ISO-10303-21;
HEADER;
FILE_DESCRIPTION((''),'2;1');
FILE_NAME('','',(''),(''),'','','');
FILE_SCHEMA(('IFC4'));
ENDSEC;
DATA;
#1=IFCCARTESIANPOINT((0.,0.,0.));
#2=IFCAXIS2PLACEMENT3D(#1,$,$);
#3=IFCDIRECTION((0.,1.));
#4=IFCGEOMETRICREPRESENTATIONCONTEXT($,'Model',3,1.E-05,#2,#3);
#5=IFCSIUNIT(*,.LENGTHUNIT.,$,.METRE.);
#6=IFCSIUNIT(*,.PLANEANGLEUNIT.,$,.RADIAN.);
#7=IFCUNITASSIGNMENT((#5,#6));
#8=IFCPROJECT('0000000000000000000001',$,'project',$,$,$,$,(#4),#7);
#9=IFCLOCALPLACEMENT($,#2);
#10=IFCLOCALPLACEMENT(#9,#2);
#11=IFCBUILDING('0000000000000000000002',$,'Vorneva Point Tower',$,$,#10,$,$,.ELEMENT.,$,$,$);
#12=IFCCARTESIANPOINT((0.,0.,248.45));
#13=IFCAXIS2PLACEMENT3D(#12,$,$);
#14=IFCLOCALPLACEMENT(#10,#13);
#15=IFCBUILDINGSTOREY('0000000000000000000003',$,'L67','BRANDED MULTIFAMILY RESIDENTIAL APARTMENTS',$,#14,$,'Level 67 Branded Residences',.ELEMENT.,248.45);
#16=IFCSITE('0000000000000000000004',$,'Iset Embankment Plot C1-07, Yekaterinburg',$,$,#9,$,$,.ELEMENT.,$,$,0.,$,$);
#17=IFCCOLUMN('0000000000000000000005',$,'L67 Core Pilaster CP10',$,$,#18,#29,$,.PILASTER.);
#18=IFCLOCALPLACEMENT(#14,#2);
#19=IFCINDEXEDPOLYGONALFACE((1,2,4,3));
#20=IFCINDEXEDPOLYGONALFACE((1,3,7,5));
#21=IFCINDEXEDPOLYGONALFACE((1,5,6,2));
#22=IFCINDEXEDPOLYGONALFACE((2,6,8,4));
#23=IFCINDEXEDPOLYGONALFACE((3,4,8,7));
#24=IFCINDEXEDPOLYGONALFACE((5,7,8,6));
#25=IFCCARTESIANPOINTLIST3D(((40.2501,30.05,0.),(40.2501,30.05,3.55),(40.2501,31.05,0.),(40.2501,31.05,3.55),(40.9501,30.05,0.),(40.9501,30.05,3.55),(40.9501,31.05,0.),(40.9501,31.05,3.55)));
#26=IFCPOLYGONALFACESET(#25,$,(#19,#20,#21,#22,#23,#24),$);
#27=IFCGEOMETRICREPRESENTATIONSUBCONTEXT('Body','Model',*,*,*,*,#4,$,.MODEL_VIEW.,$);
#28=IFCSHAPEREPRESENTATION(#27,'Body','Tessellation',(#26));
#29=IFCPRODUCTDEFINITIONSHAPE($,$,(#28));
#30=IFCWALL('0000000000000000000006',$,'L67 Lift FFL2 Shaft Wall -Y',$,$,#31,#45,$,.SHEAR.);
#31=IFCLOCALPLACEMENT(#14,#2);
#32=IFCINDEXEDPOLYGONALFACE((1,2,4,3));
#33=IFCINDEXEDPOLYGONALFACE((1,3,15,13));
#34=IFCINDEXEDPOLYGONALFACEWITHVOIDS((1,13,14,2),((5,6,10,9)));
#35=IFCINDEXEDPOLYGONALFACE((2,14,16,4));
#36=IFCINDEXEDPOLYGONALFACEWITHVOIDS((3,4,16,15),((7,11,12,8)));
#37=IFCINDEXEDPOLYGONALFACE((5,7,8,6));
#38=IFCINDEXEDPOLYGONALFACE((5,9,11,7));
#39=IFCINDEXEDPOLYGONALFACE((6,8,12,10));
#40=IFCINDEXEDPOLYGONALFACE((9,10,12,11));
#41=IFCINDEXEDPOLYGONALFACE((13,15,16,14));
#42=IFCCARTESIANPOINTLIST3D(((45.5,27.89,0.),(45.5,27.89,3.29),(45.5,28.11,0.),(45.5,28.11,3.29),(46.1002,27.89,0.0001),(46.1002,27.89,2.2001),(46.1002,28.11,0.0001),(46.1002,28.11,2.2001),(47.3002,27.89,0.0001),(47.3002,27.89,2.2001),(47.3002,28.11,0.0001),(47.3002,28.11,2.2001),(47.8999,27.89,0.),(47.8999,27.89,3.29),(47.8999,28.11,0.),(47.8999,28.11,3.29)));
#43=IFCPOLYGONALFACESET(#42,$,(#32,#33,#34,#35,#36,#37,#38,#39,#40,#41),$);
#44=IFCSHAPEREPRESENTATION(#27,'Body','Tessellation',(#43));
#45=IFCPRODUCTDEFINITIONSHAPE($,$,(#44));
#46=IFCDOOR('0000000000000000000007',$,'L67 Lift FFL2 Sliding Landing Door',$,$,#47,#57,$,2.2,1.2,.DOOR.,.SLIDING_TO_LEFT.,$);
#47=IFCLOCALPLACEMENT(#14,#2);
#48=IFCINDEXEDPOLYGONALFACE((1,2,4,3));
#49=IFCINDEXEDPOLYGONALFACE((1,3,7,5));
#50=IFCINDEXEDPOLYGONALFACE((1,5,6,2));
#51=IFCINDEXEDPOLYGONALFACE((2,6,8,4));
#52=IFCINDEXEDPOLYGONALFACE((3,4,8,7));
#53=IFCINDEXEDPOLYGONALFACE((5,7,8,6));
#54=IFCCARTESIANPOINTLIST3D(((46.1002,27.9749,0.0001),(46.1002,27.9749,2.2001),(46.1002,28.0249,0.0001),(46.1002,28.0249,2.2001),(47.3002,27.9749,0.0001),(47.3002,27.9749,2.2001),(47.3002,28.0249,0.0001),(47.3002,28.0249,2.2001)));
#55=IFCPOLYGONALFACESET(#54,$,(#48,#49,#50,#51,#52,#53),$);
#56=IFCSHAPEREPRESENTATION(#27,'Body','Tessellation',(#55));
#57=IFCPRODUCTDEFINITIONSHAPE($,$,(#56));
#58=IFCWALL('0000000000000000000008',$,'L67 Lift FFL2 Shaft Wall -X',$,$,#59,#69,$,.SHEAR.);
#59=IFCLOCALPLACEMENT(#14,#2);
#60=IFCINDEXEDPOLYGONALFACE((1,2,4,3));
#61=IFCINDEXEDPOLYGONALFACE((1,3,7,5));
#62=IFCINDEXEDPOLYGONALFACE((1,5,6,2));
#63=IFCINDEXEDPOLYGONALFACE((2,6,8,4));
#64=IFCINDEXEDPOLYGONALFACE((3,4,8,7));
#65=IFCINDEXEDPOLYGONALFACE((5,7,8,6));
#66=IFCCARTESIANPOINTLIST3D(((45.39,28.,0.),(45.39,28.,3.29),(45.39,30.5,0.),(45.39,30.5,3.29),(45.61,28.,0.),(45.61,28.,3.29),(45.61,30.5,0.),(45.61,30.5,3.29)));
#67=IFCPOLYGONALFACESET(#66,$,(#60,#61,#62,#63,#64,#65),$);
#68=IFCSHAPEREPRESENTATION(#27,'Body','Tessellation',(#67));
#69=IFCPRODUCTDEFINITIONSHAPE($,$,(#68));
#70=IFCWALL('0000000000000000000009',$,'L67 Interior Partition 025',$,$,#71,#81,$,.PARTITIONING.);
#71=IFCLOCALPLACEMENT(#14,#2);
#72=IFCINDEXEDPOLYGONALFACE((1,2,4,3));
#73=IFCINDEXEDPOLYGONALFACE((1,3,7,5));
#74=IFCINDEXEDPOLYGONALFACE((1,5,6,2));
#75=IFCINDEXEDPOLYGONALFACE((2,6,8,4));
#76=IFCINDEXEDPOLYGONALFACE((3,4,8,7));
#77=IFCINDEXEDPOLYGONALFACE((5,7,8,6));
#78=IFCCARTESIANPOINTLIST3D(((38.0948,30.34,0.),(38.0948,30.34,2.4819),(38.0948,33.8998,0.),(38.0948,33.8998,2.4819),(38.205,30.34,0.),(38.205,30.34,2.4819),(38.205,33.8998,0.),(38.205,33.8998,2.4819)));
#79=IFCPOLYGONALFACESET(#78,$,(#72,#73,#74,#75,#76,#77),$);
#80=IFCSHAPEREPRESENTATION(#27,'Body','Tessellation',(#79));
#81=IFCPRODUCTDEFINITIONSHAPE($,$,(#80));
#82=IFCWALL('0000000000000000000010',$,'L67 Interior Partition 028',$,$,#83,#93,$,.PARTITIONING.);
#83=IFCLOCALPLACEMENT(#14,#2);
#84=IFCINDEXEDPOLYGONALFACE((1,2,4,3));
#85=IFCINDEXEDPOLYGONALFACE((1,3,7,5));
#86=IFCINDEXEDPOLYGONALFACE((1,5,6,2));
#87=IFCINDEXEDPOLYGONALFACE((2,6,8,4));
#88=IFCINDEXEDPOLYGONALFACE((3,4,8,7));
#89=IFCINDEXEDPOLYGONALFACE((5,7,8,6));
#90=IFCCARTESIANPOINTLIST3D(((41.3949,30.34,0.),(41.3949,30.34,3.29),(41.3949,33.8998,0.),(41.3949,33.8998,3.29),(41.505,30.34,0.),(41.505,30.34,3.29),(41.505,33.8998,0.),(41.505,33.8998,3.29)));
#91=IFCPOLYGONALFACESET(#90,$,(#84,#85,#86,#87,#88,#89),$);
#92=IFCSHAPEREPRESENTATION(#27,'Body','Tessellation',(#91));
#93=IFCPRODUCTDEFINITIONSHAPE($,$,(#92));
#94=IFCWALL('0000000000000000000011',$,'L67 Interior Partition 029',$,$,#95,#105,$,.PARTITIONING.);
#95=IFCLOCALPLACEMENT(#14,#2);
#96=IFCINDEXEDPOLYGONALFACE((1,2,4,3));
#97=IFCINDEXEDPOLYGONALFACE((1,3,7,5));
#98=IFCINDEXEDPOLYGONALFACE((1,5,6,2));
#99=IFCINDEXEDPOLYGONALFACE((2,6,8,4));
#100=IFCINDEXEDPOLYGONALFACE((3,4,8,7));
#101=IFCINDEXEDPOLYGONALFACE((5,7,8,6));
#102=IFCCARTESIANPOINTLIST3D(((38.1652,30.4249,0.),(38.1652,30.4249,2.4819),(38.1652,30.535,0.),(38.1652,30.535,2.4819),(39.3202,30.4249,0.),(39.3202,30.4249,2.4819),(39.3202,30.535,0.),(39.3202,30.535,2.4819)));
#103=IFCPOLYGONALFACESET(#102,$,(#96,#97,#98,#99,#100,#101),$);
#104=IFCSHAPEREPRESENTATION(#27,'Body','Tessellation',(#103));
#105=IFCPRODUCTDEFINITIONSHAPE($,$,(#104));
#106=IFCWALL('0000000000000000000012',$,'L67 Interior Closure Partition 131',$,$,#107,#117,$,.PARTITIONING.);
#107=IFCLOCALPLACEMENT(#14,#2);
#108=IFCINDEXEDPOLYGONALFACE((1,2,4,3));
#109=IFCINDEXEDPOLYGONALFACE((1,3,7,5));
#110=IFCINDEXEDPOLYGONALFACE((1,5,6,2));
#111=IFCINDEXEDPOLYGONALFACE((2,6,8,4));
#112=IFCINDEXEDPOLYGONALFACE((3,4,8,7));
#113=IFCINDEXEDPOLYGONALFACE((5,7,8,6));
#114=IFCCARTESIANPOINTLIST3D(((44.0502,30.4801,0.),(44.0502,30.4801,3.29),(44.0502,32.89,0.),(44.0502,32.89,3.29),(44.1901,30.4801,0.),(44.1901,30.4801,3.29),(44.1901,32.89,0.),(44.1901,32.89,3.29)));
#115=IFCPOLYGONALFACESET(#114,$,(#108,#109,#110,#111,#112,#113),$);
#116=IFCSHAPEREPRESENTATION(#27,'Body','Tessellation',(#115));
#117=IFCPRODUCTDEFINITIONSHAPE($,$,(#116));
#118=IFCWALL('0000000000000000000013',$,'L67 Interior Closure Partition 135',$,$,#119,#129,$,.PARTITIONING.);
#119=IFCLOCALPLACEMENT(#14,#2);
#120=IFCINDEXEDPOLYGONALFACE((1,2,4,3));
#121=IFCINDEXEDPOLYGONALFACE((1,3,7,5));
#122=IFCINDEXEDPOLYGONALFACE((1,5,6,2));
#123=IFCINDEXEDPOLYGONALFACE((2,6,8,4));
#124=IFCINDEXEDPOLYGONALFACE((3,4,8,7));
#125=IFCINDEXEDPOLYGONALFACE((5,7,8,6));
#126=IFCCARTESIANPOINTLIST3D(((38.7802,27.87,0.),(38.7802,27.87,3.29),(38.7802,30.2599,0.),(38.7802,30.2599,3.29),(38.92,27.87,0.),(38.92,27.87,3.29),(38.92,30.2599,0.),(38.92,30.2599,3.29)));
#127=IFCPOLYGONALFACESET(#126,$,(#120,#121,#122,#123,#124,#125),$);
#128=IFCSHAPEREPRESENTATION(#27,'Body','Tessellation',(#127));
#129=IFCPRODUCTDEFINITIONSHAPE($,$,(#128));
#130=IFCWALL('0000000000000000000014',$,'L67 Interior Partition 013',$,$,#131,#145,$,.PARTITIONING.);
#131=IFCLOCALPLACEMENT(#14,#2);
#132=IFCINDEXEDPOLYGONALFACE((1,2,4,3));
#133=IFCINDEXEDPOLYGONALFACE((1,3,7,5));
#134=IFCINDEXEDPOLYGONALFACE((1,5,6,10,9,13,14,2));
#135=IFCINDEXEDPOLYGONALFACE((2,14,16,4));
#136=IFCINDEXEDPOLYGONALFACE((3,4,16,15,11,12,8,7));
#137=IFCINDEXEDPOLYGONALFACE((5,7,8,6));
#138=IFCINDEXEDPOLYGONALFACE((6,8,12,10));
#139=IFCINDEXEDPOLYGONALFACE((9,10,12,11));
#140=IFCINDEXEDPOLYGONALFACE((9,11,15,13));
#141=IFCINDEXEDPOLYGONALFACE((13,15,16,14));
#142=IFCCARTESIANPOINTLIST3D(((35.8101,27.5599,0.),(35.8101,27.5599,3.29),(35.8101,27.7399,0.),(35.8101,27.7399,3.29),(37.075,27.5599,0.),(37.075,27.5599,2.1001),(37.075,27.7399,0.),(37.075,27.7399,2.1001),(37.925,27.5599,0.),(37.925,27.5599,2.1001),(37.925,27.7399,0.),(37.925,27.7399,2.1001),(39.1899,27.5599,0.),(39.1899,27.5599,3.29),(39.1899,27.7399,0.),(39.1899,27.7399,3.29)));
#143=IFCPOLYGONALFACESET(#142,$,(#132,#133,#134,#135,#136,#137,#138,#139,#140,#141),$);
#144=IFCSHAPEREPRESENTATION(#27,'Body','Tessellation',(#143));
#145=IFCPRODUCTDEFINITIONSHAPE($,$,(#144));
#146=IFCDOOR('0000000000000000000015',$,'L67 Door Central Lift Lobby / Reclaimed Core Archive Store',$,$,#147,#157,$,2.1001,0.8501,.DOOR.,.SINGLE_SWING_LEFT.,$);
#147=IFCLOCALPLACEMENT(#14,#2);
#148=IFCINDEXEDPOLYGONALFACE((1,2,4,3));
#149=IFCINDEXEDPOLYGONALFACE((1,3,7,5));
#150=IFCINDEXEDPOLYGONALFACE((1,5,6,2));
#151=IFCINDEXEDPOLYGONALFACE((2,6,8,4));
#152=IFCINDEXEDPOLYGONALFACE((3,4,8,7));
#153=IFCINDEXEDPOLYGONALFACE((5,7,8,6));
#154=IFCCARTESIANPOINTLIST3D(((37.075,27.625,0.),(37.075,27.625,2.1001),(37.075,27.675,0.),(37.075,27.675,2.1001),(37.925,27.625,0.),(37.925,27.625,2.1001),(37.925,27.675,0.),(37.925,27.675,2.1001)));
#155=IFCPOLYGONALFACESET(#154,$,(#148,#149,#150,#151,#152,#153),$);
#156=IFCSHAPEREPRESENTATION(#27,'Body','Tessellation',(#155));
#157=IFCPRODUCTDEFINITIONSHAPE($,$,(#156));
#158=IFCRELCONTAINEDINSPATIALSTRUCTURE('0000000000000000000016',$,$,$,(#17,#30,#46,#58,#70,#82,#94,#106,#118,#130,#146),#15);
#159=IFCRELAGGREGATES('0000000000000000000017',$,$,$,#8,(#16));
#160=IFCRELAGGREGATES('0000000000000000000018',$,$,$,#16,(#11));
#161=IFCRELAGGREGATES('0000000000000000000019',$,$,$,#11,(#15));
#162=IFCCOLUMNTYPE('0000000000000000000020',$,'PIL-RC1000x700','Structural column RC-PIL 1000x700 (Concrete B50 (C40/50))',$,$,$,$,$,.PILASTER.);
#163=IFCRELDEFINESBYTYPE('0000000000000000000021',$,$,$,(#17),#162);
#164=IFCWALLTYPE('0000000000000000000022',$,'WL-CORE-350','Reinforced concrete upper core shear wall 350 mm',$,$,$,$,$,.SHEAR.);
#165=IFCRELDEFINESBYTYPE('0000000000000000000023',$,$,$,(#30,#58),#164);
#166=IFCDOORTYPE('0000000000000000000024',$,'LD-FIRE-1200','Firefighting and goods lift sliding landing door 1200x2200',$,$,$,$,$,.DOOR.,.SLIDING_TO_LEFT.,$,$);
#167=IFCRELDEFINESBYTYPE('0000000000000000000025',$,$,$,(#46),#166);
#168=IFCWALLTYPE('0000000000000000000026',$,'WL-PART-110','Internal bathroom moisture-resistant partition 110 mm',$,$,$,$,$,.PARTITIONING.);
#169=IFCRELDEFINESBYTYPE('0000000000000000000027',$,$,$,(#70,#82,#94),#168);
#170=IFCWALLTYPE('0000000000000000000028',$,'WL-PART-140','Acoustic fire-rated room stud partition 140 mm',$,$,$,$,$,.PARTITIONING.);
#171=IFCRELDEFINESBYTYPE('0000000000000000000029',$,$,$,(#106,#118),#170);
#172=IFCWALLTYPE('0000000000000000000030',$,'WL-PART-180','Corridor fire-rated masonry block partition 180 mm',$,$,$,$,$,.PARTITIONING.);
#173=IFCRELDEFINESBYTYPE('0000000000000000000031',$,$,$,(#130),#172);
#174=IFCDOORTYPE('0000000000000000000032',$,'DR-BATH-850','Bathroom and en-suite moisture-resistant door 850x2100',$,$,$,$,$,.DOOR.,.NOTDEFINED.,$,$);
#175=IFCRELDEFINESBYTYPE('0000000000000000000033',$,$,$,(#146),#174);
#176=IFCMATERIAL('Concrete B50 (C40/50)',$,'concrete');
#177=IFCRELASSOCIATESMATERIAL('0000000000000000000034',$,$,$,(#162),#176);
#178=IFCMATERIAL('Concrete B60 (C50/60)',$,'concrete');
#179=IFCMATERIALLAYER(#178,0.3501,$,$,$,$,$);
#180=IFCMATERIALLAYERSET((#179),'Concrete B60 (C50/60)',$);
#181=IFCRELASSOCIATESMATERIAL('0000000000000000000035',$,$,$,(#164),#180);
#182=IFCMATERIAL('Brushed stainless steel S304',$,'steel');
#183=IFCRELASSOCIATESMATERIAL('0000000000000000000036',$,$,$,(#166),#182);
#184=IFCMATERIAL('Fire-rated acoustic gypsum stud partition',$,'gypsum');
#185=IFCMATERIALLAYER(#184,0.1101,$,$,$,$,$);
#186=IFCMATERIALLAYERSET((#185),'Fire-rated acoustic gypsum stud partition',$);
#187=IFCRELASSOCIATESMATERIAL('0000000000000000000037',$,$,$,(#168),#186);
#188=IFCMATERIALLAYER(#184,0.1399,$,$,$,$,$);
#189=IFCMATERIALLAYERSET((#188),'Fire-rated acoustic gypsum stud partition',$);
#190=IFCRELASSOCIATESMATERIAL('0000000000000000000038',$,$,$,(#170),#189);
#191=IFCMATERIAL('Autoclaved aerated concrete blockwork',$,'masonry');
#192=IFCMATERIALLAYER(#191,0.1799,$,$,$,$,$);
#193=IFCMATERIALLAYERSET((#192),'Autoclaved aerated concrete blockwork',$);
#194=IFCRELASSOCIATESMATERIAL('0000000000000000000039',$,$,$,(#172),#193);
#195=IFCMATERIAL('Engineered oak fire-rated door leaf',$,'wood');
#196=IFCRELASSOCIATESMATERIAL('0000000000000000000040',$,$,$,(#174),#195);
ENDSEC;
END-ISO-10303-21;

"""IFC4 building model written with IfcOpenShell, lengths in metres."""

from ifc_helpers import new_model, si_unit, direction, frame, frame_2d, origin, origin_2d, place, context, subcontext, project, spatial, rectangle, extrude, material, layer, layer_set, material_profile, profile_set, type_object, element, fill, save


model = new_model("IFC4")

# Units and contexts
model_context = context("Model", 3, precision=1e-05, world=origin(), true_north=direction((0.0, 1.0)))
body_context = subcontext(model_context, "Body", "Model", "MODEL_VIEW")
ifc_project = project(units=[si_unit("LENGTHUNIT", "METRE"), si_unit("PLANEANGLEUNIT", "RADIAN")], contexts=[model_context])

# Site, building, storey
site_placement = place(None, origin())
site = spatial("IfcSite", under=ifc_project, at=site_placement, Name="Iset Embankment Plot C1-07, Yekaterinburg", CompositionType="ELEMENT", RefElevation=0.0)
building_placement = place(site_placement, origin())
building = spatial("IfcBuilding", under=site, at=building_placement, Name="Vorneva Point Tower", CompositionType="ELEMENT")
storey_placement = place(building_placement, frame((0.0, 0.0, 248.45)))
storey = spatial("IfcBuildingStorey", under=building, at=storey_placement, Name="L67", Description="BRANDED MULTIFAMILY RESIDENTIAL APARTMENTS", LongName="Level 67 Branded Residences", CompositionType="ELEMENT", Elevation=248.45)

# Column
ifc_material_1 = material(Name="Concrete B50 (C40/50)", Category="concrete")
ifc_material_profile = material_profile(ifc_material_1, rectangle(XDim=0.7, YDim=1.0, at=origin_2d()), Name="RC-PIL 1000x700")
ifc_profile_set = profile_set([ifc_material_profile], Name="Concrete B50 (C40/50)")
column_type = type_object("IfcColumnType", Name="PIL-RC1000x700", Description="Structural column RC-PIL 1000x700 (Concrete B50 (C40/50))", PredefinedType="PILASTER", material=ifc_profile_set)
column_placement = place(storey_placement, frame((40.6001, 30.55, 0.0), z_axis=(0.0, 0.0, 1.0), x_axis=(1.0, 0.0, 0.0)))
element("IfcColumn", 1, at=column_placement, inside=storey, type_object=column_type, Name="L67 Core Pilaster CP10", PredefinedType="PILASTER", context=body_context, shape_type="SweptSolid", body=[
    extrude(rectangle(XDim=0.7, YDim=1.0, at=origin_2d()), origin(), (0.0, 0.0, 1.0), 3.55),
])

# Wall, opening, door
ifc_material_2 = material(Name="Concrete B60 (C50/60)", Category="concrete")
ifc_layer_1 = layer(ifc_material_2, 0.3501)
ifc_layer_set_1 = layer_set([ifc_layer_1], Name="Concrete B60 (C50/60)")
wall_type_1 = type_object("IfcWallType", Name="WL-CORE-350", Description="Reinforced concrete upper core shear wall 350 mm", PredefinedType="SHEAR", material=ifc_layer_set_1)
wall_1_placement = place(storey_placement, frame((45.5, 28.0, 0.0), z_axis=(0.0, 0.0, 1.0), x_axis=(1.0, 0.0, 0.0)))
wall_1 = element("IfcWall", 2, at=wall_1_placement, inside=storey, type_object=wall_type_1, Name="L67 Lift FFL2 Shaft Wall -Y", PredefinedType="SHEAR", context=body_context, shape_type="SweptSolid", body=[
    extrude(rectangle(XDim=2.3999, YDim=0.22, at=frame_2d((1.2, 0.0))), origin(), (0.0, 0.0, 1.0), 3.29),
])
opening_1_placement = place(wall_1_placement, frame((0.6001, 0.0, 0.0)))
opening_1 = element("IfcOpeningElement", 3, at=opening_1_placement, cuts=wall_1, PredefinedType="OPENING", context=body_context, shape_type="SweptSolid", body=[
    extrude(rectangle(XDim=1.2, YDim=2.2, at=frame_2d((0.6001, 1.1001))), frame((0.0, 0.125, 0.0), z_axis=(0.0, -1.0, 0.0), x_axis=(1.0, 0.0, 0.0)), (0.0, 0.0, 1.0), 0.2498),
])
ifc_material_3 = material(Name="Brushed stainless steel S304", Category="steel")
door_type_1 = type_object("IfcDoorType", Name="LD-FIRE-1200", Description="Firefighting and goods lift sliding landing door 1200x2200", OperationType="SLIDING_TO_LEFT", PredefinedType="DOOR", material=ifc_material_3)
door_1_placement = place(opening_1_placement, origin())
door_1 = element("IfcDoor", 4, at=door_1_placement, inside=storey, type_object=door_type_1, Name="L67 Lift FFL2 Sliding Landing Door", OperationType="SLIDING_TO_LEFT", OverallHeight=2.2, OverallWidth=1.2, PredefinedType="DOOR", context=body_context, shape_type="SweptSolid", body=[
    extrude(rectangle(XDim=1.2, YDim=2.2, at=frame_2d((0.6001, 1.1001))), frame((0.0, 0.0249, 0.0), z_axis=(0.0, -1.0, 0.0), x_axis=(1.0, 0.0, 0.0)), (0.0, 0.0, 1.0), 0.05),
])
fill(opening_1, door_1)

# Walls
wall_2_placement = place(storey_placement, frame((45.5, 30.5, 0.0), z_axis=(0.0, 0.0, 1.0), x_axis=(0.0, -1.0, 0.0)))
element("IfcWall", 5, at=wall_2_placement, inside=storey, type_object=wall_type_1, Name="L67 Lift FFL2 Shaft Wall -X", PredefinedType="SHEAR", context=body_context, shape_type="SweptSolid", body=[
    extrude(rectangle(XDim=2.5, YDim=0.22, at=frame_2d((1.25, 0.0))), origin(), (0.0, 0.0, 1.0), 3.29),
])
ifc_material_4 = material(Name="Fire-rated acoustic gypsum stud partition", Category="gypsum")
ifc_layer_2 = layer(ifc_material_4, 0.1101)
ifc_layer_set_2 = layer_set([ifc_layer_2], Name="Fire-rated acoustic gypsum stud partition")
wall_type_2 = type_object("IfcWallType", Name="WL-PART-110", Description="Internal bathroom moisture-resistant partition 110 mm", PredefinedType="PARTITIONING", material=ifc_layer_set_2)
wall_3_placement = place(storey_placement, frame((38.1499, 30.3401, 0.0), z_axis=(0.0, 0.0, 1.0), x_axis=(0.0, 1.0, 0.0)))
element("IfcWall", 6, at=wall_3_placement, inside=storey, type_object=wall_type_2, Name="L67 Interior Partition 025", PredefinedType="PARTITIONING", context=body_context, shape_type="SweptSolid", body=[
    extrude(rectangle(XDim=3.5598, YDim=0.1101, at=frame_2d((1.7798, 0.0))), origin(), (0.0, 0.0, 1.0), 2.4819),
])
wall_4_placement = place(storey_placement, frame((41.45, 30.3401, 0.0), z_axis=(0.0, 0.0, 1.0), x_axis=(0.0, 1.0, 0.0)))
element("IfcWall", 7, at=wall_4_placement, inside=storey, type_object=wall_type_2, Name="L67 Interior Partition 028", PredefinedType="PARTITIONING", context=body_context, shape_type="SweptSolid", body=[
    extrude(rectangle(XDim=3.5598, YDim=0.1101, at=frame_2d((1.7798, 0.0))), origin(), (0.0, 0.0, 1.0), 3.29),
])
wall_5_placement = place(storey_placement, frame((38.165, 30.48, 0.0), z_axis=(0.0, 0.0, 1.0), x_axis=(1.0, 0.0, 0.0)))
element("IfcWall", 8, at=wall_5_placement, inside=storey, type_object=wall_type_2, Name="L67 Interior Partition 029", PredefinedType="PARTITIONING", context=body_context, shape_type="SweptSolid", body=[
    extrude(rectangle(XDim=1.155, YDim=0.1101, at=frame_2d((0.5776, 0.0))), origin(), (0.0, 0.0, 1.0), 2.4819),
])
ifc_layer_3 = layer(ifc_material_4, 0.1399)
ifc_layer_set_3 = layer_set([ifc_layer_3], Name="Fire-rated acoustic gypsum stud partition")
wall_type_3 = type_object("IfcWallType", Name="WL-PART-140", Description="Acoustic fire-rated room stud partition 140 mm", PredefinedType="PARTITIONING", material=ifc_layer_set_3)
wall_6_placement = place(storey_placement, frame((44.1201, 30.48, 0.0), z_axis=(0.0, 0.0, 1.0), x_axis=(0.0, 1.0, 0.0)))
element("IfcWall", 9, at=wall_6_placement, inside=storey, type_object=wall_type_3, Name="L67 Interior Closure Partition 131", PredefinedType="PARTITIONING", context=body_context, shape_type="SweptSolid", body=[
    extrude(rectangle(XDim=2.4099, YDim=0.1399, at=frame_2d((1.2051, 0.0))), origin(), (0.0, 0.0, 1.0), 3.29),
])
wall_7_placement = place(storey_placement, frame((38.8501, 27.8701, 0.0), z_axis=(0.0, 0.0, 1.0), x_axis=(0.0, 1.0, 0.0)))
element("IfcWall", 10, at=wall_7_placement, inside=storey, type_object=wall_type_3, Name="L67 Interior Closure Partition 135", PredefinedType="PARTITIONING", context=body_context, shape_type="SweptSolid", body=[
    extrude(rectangle(XDim=2.3899, YDim=0.1399, at=frame_2d((1.1948, 0.0))), origin(), (0.0, 0.0, 1.0), 3.29),
])

# Wall, opening, door
ifc_material_5 = material(Name="Autoclaved aerated concrete blockwork", Category="masonry")
ifc_layer_4 = layer(ifc_material_5, 0.1799)
ifc_layer_set_4 = layer_set([ifc_layer_4], Name="Autoclaved aerated concrete blockwork")
wall_type_4 = type_object("IfcWallType", Name="WL-PART-180", Description="Corridor fire-rated masonry block partition 180 mm", PredefinedType="PARTITIONING", material=ifc_layer_set_4)
ifc_material_6 = material(Name="Engineered oak fire-rated door leaf", Category="wood")
wall_8_placement = place(storey_placement, frame((39.1899, 27.6499, 0.0), z_axis=(0.0, 0.0, 1.0), x_axis=(-1.0, 0.0, 0.0)))
wall_8 = element("IfcWall", 11, at=wall_8_placement, inside=storey, type_object=wall_type_4, Name="L67 Interior Partition 013", PredefinedType="PARTITIONING", context=body_context, shape_type="SweptSolid", body=[
    extrude(rectangle(XDim=3.3799, YDim=0.1799, at=frame_2d((1.6899, 0.0))), origin(), (0.0, 0.0, 1.0), 3.29),
])
opening_2_placement = place(wall_8_placement, frame((1.2649, 0.0, 0.0)))
opening_2 = element("IfcOpeningElement", 12, at=opening_2_placement, cuts=wall_8, PredefinedType="OPENING", context=body_context, shape_type="SweptSolid", body=[
    extrude(rectangle(XDim=0.8501, YDim=2.1001, at=frame_2d((0.425, 1.05))), frame((0.0, 0.105, 0.0), z_axis=(0.0, -1.0, 0.0), x_axis=(1.0, 0.0, 0.0)), (0.0, 0.0, 1.0), 0.2097),
])
door_type_2 = type_object("IfcDoorType", Name="DR-BATH-850", Description="Bathroom and en-suite moisture-resistant door 850x2100", OperationType="NOTDEFINED", PredefinedType="DOOR", material=ifc_material_6)
door_2_placement = place(opening_2_placement, origin())
door_2 = element("IfcDoor", 13, at=door_2_placement, inside=storey, type_object=door_type_2, Name="L67 Door Central Lift Lobby / Reclaimed Core Archive Store", OperationType="SINGLE_SWING_LEFT", OverallHeight=2.1001, OverallWidth=0.8501, PredefinedType="DOOR", context=body_context, shape_type="SweptSolid", body=[
    extrude(rectangle(XDim=0.8501, YDim=2.1001, at=frame_2d((0.425, 1.05))), frame((0.0, 0.0249, 0.0), z_axis=(0.0, -1.0, 0.0), x_axis=(1.0, 0.0, 0.0)), (0.0, 0.0, 1.0), 0.05),
])
fill(opening_2, door_2)

save(model, "model.ifc")
